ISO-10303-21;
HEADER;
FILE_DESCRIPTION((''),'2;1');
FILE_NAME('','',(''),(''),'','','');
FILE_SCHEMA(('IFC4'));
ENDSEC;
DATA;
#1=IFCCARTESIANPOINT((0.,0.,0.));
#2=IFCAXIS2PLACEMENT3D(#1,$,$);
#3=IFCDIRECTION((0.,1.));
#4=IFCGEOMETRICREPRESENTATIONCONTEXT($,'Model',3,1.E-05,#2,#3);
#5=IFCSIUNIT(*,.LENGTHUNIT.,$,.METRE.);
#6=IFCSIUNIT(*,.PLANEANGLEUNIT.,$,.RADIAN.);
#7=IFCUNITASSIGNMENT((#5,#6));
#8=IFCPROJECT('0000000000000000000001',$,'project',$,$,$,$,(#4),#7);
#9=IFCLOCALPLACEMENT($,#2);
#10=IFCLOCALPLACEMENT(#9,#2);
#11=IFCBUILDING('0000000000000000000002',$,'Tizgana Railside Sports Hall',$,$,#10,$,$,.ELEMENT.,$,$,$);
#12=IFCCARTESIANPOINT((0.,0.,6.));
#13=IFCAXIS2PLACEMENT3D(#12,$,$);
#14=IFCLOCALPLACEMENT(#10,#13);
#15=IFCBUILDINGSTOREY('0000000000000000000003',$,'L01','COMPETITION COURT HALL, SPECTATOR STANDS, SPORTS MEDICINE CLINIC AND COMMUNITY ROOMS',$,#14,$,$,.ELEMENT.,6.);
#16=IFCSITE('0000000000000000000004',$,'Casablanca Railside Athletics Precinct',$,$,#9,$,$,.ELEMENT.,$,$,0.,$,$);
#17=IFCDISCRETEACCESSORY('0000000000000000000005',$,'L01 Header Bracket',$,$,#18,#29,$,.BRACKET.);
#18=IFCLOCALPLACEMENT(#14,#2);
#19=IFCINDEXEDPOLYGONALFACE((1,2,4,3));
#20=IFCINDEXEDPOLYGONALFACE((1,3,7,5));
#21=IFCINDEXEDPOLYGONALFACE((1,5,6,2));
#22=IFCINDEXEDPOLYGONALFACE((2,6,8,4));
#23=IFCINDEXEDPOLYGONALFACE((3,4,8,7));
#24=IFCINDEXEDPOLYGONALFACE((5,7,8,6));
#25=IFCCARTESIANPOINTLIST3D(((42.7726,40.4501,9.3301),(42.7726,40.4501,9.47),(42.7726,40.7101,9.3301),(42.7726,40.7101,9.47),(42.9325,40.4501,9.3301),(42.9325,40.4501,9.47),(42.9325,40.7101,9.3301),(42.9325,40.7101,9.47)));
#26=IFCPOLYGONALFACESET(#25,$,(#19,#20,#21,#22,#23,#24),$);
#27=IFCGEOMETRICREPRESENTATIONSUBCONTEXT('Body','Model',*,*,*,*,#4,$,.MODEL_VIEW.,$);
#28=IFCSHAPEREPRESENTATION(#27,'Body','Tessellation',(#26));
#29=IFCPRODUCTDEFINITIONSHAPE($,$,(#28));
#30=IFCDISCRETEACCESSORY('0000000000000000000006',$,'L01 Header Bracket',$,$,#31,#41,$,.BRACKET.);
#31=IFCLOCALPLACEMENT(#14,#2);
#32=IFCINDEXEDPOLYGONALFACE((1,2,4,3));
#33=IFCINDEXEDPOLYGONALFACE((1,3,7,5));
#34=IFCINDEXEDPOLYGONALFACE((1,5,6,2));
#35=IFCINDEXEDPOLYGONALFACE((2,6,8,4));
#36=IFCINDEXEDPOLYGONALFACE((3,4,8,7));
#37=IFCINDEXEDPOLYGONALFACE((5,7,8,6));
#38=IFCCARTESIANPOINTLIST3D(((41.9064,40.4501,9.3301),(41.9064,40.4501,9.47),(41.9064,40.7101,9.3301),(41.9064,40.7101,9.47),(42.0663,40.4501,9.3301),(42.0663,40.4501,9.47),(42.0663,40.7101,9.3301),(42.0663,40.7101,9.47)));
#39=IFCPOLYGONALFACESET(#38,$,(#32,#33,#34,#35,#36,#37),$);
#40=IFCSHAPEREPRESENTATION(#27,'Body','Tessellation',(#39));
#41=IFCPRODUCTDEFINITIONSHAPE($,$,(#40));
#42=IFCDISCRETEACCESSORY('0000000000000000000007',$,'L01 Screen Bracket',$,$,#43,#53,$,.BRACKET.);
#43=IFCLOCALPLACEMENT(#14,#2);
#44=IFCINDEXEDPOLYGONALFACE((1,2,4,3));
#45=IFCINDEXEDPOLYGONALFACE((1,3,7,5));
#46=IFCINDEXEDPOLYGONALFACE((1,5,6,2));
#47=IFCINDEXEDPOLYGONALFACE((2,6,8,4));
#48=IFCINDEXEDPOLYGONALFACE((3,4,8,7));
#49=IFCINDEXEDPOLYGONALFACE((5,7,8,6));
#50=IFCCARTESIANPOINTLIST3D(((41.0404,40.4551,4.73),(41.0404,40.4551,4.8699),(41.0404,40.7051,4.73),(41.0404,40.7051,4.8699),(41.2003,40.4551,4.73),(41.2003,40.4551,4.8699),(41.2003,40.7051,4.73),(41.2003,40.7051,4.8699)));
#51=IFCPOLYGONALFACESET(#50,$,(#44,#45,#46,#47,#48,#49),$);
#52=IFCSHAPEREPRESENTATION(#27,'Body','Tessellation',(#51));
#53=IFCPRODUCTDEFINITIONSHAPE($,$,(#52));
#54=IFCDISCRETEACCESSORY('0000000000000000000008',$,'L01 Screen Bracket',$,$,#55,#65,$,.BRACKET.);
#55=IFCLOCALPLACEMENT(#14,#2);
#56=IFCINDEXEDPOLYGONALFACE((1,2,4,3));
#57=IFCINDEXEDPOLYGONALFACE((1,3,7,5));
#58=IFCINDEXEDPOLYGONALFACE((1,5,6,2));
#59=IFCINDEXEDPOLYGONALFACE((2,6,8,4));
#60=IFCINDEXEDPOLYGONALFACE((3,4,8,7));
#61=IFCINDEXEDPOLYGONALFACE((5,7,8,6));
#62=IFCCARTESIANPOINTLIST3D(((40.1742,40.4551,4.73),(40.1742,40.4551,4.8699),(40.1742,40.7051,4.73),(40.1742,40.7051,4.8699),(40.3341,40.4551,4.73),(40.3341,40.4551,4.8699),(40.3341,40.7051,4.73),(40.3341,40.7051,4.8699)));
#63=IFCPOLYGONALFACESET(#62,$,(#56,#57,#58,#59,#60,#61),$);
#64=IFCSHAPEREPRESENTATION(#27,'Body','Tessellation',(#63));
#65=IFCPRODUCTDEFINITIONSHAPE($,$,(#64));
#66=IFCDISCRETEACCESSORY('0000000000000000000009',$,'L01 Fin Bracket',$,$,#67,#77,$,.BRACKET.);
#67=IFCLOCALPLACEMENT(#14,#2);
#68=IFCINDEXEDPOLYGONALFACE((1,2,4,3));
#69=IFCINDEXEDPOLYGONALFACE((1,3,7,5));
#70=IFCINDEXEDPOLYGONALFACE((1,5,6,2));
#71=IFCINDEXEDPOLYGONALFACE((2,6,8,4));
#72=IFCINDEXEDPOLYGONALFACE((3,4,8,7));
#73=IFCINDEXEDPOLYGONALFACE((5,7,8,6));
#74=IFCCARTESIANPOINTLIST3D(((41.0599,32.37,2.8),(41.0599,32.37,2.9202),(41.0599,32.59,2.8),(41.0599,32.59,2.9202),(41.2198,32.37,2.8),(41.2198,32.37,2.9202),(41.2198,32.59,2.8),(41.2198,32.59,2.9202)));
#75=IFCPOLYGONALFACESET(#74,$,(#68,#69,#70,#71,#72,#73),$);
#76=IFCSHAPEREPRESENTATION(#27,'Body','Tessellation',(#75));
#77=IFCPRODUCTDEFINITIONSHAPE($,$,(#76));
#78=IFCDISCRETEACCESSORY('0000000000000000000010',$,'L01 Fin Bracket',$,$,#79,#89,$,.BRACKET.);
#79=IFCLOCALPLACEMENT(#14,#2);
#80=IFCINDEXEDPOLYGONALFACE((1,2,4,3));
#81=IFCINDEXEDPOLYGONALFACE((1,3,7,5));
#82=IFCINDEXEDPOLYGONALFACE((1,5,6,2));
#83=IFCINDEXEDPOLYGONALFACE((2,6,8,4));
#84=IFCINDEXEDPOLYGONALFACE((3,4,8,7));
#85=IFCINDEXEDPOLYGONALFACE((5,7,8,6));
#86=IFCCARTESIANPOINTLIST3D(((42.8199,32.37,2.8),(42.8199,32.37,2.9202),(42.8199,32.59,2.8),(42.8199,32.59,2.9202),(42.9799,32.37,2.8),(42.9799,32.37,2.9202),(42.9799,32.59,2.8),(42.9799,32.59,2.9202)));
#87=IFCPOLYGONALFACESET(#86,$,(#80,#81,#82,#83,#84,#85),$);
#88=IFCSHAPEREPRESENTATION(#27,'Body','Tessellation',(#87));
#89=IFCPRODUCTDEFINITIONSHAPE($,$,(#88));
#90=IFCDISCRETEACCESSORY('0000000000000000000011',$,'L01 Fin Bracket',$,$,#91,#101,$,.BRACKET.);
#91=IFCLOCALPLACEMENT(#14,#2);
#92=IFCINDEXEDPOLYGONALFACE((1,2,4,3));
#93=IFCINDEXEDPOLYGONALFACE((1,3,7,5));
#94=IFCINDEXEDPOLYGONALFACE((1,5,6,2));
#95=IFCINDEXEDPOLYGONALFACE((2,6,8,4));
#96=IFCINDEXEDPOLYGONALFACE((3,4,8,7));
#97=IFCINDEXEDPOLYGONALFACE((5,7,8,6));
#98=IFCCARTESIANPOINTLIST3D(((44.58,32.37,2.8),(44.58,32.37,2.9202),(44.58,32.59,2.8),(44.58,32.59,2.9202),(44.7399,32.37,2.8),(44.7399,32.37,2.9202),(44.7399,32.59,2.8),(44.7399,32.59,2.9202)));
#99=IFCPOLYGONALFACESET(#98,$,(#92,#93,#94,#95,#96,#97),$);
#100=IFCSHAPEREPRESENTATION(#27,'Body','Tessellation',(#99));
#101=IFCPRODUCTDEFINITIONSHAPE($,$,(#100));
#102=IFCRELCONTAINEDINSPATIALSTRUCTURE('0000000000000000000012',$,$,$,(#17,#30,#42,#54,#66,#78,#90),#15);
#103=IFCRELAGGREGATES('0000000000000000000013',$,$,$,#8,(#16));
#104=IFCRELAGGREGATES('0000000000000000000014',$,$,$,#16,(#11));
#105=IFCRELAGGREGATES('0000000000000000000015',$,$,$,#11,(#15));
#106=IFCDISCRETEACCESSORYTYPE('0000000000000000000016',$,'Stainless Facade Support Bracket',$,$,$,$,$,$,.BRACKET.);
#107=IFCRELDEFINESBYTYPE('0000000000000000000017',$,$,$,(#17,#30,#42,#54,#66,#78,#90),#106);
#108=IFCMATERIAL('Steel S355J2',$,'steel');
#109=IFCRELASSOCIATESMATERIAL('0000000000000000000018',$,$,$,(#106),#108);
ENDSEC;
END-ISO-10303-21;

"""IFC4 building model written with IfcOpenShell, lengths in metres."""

from ifc_helpers import new_model, si_unit, direction, frame, origin, origin_2d, place, context, subcontext, project, spatial, rectangle, extrude, material, type_object, element, save


model = new_model("IFC4")

# Units and contexts
model_context = context("Model", 3, precision=1e-05, world=origin(), true_north=direction((0.0, 1.0)))
body_context = subcontext(model_context, "Body", "Model", "MODEL_VIEW")
ifc_project = project(units=[si_unit("LENGTHUNIT", "METRE"), si_unit("PLANEANGLEUNIT", "RADIAN")], contexts=[model_context])

# Site, building, storey
site_placement = place(None, origin())
site = spatial("IfcSite", under=ifc_project, at=site_placement, Name="Casablanca Railside Athletics Precinct", CompositionType="ELEMENT", RefElevation=0.0)
building_placement = place(site_placement, origin())
building = spatial("IfcBuilding", under=site, at=building_placement, Name="Tizgana Railside Sports Hall", CompositionType="ELEMENT")
storey_placement = place(building_placement, frame((0.0, 0.0, 6.0)))
storey = spatial("IfcBuildingStorey", under=building, at=storey_placement, Name="L01", Description="COMPETITION COURT HALL, SPECTATOR STANDS, SPORTS MEDICINE CLINIC AND COMMUNITY ROOMS", CompositionType="ELEMENT", Elevation=6.0)

# Shared definitions
ifc_material_1 = material(Name="Steel S355J2", Category="steel")

# Discrete accessories
discrete_accessory_type = type_object("IfcDiscreteAccessoryType", Name="Stainless Facade Support Bracket", PredefinedType="BRACKET", material=ifc_material_1)
for number, where, z_axis, x_axis, name in (
    (1, (42.8525, 40.5801, 9.3301), (0.0, 0.0, 1.0), (-1.0, 0.0, 0.0), "L01 Header Bracket"),
    (2, (41.9863, 40.5801, 9.3301), (0.0, 0.0, 1.0), (-1.0, 0.0, 0.0), "L01 Header Bracket"),
):
    element("IfcDiscreteAccessory", number, at=place(storey_placement, frame(where, z_axis=z_axis, x_axis=x_axis)), inside=storey, type_object=discrete_accessory_type, Name=name, PredefinedType="BRACKET", context=body_context, shape_type="SweptSolid", body=[
        extrude(rectangle(XDim=0.1599, YDim=0.26, at=origin_2d()), origin(), (0.0, 0.0, 1.0), 0.1399),
    ])
for number, where, z_axis, x_axis, name in (
    (3, (41.1204, 40.5801, 4.73), (0.0, 0.0, 1.0), (-1.0, 0.0, 0.0), "L01 Screen Bracket"),
    (4, (40.2542, 40.5801, 4.73), (0.0, 0.0, 1.0), (-1.0, 0.0, 0.0), "L01 Screen Bracket"),
):
    element("IfcDiscreteAccessory", number, at=place(storey_placement, frame(where, z_axis=z_axis, x_axis=x_axis)), inside=storey, type_object=discrete_accessory_type, Name=name, PredefinedType="BRACKET", context=body_context, shape_type="SweptSolid", body=[
        extrude(rectangle(XDim=0.1599, YDim=0.25, at=origin_2d()), origin(), (0.0, 0.0, 1.0), 0.1399),
    ])
for number, where, z_axis, x_axis, name in (
    (5, (41.1399, 32.48, 2.8), (0.0, 0.0, 1.0), (1.0, 0.0, 0.0), "L01 Fin Bracket"),
    (6, (42.8999, 32.48, 2.8), (0.0, 0.0, 1.0), (1.0, 0.0, 0.0), "L01 Fin Bracket"),
    (7, (44.6599, 32.48, 2.8), (0.0, 0.0, 1.0), (1.0, 0.0, 0.0), "L01 Fin Bracket"),
):
    element("IfcDiscreteAccessory", number, at=place(storey_placement, frame(where, z_axis=z_axis, x_axis=x_axis)), inside=storey, type_object=discrete_accessory_type, Name=name, PredefinedType="BRACKET", context=body_context, shape_type="SweptSolid", body=[
        extrude(rectangle(XDim=0.1599, YDim=0.22, at=origin_2d()), origin(), (0.0, 0.0, 1.0), 0.1201),
    ])

save(model, "model.ifc")
